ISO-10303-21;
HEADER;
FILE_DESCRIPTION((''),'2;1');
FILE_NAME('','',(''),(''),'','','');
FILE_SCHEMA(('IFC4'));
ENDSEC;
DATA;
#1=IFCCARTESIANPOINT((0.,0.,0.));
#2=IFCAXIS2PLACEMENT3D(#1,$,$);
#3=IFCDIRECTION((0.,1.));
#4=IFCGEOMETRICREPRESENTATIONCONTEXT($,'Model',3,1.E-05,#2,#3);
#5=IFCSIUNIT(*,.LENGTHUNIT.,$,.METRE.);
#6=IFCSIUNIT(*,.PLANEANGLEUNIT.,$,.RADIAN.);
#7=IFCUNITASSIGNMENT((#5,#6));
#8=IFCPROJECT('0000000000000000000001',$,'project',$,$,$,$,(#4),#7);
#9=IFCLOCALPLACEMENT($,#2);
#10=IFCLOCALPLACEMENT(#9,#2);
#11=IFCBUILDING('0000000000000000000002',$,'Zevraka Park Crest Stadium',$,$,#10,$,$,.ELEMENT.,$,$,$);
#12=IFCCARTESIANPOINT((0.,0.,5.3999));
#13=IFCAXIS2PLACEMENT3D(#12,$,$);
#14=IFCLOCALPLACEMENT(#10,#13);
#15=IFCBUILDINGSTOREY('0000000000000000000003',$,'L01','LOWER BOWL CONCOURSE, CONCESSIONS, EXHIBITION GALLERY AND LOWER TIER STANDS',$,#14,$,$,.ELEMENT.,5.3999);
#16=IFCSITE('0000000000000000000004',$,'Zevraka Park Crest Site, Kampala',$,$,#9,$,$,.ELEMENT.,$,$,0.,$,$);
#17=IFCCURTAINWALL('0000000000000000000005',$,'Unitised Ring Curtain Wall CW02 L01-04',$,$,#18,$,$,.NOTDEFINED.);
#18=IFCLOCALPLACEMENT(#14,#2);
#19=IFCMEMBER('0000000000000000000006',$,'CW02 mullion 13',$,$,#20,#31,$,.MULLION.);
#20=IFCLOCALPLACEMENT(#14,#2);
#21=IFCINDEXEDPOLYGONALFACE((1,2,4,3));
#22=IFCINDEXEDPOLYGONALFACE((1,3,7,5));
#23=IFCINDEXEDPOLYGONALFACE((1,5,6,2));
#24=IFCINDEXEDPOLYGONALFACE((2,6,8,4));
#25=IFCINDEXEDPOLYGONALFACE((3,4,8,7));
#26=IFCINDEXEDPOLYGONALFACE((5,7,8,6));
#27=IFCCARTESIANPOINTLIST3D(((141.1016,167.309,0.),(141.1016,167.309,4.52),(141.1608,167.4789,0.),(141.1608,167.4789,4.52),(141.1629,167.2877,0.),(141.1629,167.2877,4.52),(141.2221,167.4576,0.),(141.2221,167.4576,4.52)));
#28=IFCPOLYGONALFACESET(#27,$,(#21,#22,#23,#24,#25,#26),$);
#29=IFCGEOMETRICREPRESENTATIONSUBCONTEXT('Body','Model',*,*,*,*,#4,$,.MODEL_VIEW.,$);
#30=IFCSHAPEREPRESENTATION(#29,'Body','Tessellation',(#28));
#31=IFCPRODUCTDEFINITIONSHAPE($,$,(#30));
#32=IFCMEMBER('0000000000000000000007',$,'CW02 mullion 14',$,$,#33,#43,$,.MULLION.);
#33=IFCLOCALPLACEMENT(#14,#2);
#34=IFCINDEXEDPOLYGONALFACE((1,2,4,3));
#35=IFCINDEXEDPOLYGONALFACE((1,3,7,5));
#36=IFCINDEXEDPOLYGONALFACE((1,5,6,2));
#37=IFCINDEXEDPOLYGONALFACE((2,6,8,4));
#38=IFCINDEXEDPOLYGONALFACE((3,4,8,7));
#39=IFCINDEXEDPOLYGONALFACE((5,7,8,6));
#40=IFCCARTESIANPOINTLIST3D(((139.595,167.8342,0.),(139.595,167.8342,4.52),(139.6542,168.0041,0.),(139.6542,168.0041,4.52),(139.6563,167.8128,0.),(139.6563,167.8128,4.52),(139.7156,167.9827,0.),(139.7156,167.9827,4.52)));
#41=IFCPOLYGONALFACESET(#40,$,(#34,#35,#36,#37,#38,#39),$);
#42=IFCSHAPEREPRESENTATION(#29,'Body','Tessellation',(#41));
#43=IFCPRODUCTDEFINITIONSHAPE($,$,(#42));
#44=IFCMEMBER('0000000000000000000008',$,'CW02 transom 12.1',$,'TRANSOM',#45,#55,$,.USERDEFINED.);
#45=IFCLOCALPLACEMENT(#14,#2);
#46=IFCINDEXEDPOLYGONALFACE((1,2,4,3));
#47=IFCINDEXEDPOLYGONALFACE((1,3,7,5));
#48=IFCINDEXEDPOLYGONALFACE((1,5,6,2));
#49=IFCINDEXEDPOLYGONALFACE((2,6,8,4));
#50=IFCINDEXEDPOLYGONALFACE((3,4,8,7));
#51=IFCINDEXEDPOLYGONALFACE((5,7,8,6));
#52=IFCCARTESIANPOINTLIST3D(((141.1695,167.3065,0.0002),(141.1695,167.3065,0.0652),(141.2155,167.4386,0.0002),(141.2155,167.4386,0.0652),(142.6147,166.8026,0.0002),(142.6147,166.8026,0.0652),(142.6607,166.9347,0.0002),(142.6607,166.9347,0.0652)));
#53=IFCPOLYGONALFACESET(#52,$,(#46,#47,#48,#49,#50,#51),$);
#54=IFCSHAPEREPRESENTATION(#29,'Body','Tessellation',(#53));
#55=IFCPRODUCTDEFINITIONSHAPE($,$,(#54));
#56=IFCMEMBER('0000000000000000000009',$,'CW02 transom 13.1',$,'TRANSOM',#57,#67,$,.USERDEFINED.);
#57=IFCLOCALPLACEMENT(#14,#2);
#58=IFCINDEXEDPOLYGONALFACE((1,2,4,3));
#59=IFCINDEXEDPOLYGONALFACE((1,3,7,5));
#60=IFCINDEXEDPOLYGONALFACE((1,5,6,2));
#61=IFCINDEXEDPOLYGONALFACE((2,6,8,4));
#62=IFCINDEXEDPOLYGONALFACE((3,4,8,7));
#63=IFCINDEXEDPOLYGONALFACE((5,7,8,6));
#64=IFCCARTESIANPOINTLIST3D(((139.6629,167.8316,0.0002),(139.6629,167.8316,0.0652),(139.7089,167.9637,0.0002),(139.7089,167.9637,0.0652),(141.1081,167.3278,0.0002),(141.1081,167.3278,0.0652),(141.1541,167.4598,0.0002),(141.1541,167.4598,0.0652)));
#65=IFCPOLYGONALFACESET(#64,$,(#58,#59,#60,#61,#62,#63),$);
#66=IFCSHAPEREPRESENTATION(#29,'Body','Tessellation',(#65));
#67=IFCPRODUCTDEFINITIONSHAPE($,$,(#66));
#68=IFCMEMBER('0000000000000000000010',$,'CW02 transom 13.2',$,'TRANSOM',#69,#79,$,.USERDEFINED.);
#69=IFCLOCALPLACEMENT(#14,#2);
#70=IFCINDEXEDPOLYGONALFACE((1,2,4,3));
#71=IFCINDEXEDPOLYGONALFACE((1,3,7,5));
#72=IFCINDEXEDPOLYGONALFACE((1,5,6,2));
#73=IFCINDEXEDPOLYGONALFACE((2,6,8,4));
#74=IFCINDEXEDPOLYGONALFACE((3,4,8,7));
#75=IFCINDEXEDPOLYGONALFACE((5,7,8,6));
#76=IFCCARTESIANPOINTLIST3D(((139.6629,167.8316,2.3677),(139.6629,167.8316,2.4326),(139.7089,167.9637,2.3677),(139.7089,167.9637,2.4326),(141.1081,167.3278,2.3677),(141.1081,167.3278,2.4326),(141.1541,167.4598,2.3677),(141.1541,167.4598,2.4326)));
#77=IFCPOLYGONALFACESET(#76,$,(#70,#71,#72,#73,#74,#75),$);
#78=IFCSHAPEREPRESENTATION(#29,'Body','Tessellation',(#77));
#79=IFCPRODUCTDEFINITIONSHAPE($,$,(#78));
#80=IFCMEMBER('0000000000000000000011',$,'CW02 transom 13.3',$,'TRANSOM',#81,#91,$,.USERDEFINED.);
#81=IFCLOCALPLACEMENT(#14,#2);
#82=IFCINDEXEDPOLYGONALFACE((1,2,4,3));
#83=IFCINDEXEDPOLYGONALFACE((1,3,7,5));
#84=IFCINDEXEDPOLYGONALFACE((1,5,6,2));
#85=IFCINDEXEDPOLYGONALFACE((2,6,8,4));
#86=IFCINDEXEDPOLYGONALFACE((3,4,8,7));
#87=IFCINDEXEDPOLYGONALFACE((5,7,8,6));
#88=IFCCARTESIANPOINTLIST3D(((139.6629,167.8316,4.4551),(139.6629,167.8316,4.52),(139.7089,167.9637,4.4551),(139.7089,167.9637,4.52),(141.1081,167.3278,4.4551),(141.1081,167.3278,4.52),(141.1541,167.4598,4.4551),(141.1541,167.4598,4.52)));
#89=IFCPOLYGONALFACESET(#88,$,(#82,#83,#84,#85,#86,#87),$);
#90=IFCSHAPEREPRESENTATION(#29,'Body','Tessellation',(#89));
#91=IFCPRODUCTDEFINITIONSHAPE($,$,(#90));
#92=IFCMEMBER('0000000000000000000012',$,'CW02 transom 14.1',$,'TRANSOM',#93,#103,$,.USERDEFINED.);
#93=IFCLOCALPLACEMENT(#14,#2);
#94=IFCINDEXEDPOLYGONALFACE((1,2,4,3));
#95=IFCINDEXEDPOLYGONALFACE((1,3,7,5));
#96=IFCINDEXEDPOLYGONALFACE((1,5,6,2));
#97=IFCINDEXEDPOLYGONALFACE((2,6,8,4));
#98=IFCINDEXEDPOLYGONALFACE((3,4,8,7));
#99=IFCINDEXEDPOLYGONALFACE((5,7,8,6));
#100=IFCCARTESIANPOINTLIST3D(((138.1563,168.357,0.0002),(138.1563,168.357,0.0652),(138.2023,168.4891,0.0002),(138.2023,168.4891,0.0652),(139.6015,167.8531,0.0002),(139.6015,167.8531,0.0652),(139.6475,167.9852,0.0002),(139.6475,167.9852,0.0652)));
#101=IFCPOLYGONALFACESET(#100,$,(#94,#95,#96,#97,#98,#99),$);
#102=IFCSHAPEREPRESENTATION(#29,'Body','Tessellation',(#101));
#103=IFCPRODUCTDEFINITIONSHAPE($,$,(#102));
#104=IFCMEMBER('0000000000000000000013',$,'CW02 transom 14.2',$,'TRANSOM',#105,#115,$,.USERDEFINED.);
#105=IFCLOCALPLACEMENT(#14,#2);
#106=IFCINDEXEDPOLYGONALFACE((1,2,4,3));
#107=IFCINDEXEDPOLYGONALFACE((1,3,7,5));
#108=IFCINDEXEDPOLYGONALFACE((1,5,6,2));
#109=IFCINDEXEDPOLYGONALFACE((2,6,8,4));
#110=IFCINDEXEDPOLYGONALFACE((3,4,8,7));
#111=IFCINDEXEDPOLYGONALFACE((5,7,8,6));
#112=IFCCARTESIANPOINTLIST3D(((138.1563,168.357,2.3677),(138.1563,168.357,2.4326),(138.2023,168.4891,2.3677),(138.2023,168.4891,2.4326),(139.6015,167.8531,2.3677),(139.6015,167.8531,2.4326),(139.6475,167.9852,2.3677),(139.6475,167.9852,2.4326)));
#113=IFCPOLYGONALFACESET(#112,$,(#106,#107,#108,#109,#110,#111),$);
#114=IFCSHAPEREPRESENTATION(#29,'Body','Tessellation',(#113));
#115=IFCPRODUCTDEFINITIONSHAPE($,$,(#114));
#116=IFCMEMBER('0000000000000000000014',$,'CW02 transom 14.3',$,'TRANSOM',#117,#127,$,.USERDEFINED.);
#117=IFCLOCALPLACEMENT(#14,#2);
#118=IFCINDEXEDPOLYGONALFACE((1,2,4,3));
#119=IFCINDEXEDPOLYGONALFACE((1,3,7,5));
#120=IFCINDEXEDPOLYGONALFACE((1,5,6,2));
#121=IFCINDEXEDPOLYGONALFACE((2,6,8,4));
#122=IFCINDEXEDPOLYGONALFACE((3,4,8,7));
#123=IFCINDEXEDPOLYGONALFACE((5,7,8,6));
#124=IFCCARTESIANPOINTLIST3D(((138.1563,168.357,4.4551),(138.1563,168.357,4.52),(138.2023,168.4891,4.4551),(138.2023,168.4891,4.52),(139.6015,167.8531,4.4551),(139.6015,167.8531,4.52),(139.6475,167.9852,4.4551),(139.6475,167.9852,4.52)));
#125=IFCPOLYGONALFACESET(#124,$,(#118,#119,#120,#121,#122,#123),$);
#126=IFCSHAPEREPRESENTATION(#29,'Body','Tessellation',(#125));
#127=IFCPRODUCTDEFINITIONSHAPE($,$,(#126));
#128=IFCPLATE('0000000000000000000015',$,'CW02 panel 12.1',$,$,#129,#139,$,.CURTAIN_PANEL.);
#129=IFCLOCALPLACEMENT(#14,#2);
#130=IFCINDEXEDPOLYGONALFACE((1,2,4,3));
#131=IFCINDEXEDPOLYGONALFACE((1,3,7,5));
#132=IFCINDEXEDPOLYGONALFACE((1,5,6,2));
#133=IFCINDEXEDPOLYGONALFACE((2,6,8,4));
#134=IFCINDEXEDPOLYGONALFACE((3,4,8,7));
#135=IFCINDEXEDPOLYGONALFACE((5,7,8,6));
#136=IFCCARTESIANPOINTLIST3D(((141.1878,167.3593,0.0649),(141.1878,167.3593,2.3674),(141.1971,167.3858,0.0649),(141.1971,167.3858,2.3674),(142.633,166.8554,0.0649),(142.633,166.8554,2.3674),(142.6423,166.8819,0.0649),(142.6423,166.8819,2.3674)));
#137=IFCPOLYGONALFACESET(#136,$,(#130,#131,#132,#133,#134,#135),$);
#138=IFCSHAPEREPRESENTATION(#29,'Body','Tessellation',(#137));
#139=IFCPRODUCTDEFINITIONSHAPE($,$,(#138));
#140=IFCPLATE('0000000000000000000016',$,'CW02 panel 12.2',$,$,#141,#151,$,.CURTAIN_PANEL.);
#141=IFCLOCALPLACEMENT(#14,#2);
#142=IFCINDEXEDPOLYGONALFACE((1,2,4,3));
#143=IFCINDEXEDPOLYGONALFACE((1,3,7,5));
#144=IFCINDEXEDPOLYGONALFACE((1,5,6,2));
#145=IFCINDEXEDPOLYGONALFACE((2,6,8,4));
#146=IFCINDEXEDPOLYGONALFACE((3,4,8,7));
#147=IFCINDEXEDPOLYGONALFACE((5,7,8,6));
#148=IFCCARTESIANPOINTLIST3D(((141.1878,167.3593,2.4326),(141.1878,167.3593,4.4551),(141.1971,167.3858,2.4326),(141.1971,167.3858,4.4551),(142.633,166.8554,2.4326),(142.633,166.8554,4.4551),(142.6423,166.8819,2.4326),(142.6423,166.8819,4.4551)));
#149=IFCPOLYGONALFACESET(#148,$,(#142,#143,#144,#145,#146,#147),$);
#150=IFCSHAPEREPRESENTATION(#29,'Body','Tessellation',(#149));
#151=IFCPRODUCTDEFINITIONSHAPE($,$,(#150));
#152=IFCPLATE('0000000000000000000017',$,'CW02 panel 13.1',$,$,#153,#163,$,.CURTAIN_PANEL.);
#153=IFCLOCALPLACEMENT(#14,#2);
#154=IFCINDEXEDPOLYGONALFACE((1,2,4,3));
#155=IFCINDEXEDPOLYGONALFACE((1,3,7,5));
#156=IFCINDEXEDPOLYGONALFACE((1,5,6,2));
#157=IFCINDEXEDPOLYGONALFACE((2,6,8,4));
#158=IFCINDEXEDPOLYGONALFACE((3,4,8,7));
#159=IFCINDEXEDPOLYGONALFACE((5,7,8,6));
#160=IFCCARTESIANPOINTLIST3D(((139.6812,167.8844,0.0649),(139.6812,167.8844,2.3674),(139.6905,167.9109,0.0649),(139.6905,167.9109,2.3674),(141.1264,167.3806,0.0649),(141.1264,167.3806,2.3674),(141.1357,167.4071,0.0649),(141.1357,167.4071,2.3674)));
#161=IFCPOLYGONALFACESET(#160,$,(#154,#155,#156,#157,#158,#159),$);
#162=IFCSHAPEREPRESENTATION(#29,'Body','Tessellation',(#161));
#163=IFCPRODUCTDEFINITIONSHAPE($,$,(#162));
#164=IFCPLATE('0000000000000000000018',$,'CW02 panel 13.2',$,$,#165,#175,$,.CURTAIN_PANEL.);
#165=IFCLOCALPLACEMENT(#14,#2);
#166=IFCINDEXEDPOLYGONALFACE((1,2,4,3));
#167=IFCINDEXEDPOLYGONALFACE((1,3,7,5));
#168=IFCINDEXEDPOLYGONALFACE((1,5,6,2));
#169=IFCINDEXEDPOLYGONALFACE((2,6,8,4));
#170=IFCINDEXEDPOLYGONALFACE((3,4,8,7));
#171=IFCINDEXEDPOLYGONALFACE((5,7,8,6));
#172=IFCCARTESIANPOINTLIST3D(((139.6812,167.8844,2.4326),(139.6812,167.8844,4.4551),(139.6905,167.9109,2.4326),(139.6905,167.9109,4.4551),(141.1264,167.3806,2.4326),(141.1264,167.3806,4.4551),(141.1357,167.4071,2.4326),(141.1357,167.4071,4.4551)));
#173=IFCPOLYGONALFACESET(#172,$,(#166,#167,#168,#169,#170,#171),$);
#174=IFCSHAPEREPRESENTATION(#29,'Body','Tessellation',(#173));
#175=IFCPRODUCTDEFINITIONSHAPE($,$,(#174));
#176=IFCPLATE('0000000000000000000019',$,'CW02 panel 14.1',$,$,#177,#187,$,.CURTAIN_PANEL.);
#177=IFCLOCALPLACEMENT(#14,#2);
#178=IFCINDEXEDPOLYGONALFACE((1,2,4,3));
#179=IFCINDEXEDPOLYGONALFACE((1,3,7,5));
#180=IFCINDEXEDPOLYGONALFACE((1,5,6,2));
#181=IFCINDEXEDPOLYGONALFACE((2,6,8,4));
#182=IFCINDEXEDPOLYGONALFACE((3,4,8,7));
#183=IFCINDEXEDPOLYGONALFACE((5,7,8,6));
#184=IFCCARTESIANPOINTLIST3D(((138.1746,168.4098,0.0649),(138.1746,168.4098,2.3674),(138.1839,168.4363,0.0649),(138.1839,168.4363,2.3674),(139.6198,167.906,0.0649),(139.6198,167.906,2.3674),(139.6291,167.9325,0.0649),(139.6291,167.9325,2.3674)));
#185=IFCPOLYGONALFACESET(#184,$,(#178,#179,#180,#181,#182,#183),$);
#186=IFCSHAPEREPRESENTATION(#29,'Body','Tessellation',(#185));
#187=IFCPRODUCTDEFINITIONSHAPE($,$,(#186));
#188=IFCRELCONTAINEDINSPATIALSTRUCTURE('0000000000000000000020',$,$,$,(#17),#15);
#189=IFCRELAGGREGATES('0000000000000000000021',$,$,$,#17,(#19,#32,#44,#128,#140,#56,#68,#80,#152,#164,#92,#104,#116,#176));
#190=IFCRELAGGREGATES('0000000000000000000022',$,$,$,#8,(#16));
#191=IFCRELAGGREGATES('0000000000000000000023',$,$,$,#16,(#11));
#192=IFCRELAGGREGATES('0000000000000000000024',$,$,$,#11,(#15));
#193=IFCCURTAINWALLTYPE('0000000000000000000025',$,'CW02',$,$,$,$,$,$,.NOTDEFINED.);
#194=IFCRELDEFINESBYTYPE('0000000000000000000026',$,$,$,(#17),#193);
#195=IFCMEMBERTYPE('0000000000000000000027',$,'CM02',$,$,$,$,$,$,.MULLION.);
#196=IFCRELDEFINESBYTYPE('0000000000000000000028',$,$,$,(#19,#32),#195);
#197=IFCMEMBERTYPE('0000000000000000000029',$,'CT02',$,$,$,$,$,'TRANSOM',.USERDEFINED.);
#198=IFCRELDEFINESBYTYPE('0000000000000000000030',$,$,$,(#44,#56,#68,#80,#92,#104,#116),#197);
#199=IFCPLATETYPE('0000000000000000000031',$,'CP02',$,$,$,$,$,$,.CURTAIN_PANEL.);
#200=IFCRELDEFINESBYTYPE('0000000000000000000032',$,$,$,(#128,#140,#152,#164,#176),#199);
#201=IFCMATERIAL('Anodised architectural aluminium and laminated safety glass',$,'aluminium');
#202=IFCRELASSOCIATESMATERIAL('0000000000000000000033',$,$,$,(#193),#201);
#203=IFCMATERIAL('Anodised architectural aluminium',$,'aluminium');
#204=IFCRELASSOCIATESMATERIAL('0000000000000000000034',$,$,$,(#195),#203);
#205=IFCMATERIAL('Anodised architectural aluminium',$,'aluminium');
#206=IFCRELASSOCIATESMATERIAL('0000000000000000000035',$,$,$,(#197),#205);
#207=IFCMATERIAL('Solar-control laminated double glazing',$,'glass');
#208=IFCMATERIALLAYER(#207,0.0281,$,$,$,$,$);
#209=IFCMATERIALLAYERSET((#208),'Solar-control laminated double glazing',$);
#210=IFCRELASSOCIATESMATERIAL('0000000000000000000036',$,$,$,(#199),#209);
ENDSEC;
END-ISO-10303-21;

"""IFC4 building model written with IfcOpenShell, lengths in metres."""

from ifc_helpers import new_model, si_unit, direction, frame, origin, origin_2d, place, context, subcontext, project, spatial, rectangle, extrude, material, layer, layer_set, material_profile, profile_set, type_object, element, aggregate, save


model = new_model("IFC4")

# Units and contexts
model_context = context("Model", 3, precision=1e-05, world=origin(), true_north=direction((0.0, 1.0)))
body_context = subcontext(model_context, "Body", "Model", "MODEL_VIEW")
ifc_project = project(units=[si_unit("LENGTHUNIT", "METRE"), si_unit("PLANEANGLEUNIT", "RADIAN")], contexts=[model_context])

# Site, building, storey
site_placement = place(None, origin())
site = spatial("IfcSite", under=ifc_project, at=site_placement, Name="Zevraka Park Crest Site, Kampala", CompositionType="ELEMENT", RefElevation=0.0)
building_placement = place(site_placement, origin())
building = spatial("IfcBuilding", under=site, at=building_placement, Name="Zevraka Park Crest Stadium", CompositionType="ELEMENT")
storey_placement = place(building_placement, frame((0.0, 0.0, 5.3999)))
storey = spatial("IfcBuildingStorey", under=building, at=storey_placement, Name="L01", Description="LOWER BOWL CONCOURSE, CONCESSIONS, EXHIBITION GALLERY AND LOWER TIER STANDS", CompositionType="ELEMENT", Elevation=5.3999)

# Curtain wall, members, plates
ifc_material_1 = material(Name="Anodised architectural aluminium and laminated safety glass", Category="aluminium")
curtain_wall_type = type_object("IfcCurtainWallType", Name="CW02", PredefinedType="NOTDEFINED", material=ifc_material_1)
curtain_wall_placement = place(storey_placement, origin())
curtain_wall = element("IfcCurtainWall", 1, at=curtain_wall_placement, inside=storey, type_object=curtain_wall_type, Name="Unitised Ring Curtain Wall CW02 L01-04", PredefinedType="NOTDEFINED")
ifc_material_2 = material(Name="Anodised architectural aluminium", Category="aluminium")
ifc_material_profile_1 = material_profile(ifc_material_2, rectangle(XDim=0.1799, YDim=0.0649, at=origin_2d()), Name="ALU MULLION 180x65")
ifc_profile_set_1 = profile_set([ifc_material_profile_1], Name="Anodised architectural aluminium")
member_type_1 = type_object("IfcMemberType", Name="CM02", PredefinedType="MULLION", material=ifc_profile_set_1)
member_1_placement = place(storey_placement, frame((141.1619, 167.3833, 0.0), z_axis=(0.0, 0.0, 1.0), x_axis=(-0.329209, -0.944257, 0.0)))
member_1 = element("IfcMember", 2, at=member_1_placement, type_object=member_type_1, Name="CW02 mullion 13", PredefinedType="MULLION", context=body_context, shape_type="SweptSolid", body=[
    extrude(rectangle(XDim=0.1799, YDim=0.0649, at=origin_2d()), origin(), (0.0, 0.0, 1.0), 4.52),
])
member_2_placement = place(storey_placement, frame((139.6553, 167.9084, 0.0), z_axis=(0.0, 0.0, 1.0), x_axis=(-0.329209, -0.944257, 0.0)))
member_2 = element("IfcMember", 3, at=member_2_placement, type_object=member_type_1, Name="CW02 mullion 14", PredefinedType="MULLION", context=body_context, shape_type="SweptSolid", body=[
    extrude(rectangle(XDim=0.1799, YDim=0.0649, at=origin_2d()), origin(), (0.0, 0.0, 1.0), 4.52),
])
ifc_material_3 = material(Name="Anodised architectural aluminium", Category="aluminium")
ifc_material_profile_2 = material_profile(ifc_material_3, rectangle(XDim=0.1399, YDim=0.0649, at=origin_2d()), Name="ALU TRANSOM 140x65")
ifc_profile_set_2 = profile_set([ifc_material_profile_2], Name="Anodised architectural aluminium")
member_type_2 = type_object("IfcMemberType", Name="CT02", ElementType="TRANSOM", PredefinedType="USERDEFINED", material=ifc_profile_set_2)
member_3_placement = place(storey_placement, frame((142.6377, 166.8687, 0.0327), z_axis=(-0.944256, 0.329213, 0.0), x_axis=(-0.329213, -0.944256, 0.0)))
member_3 = element("IfcMember", 4, at=member_3_placement, type_object=member_type_2, Name="CW02 transom 12.1", ObjectType="TRANSOM", PredefinedType="USERDEFINED", context=body_context, shape_type="SweptSolid", body=[
    extrude(rectangle(XDim=0.1399, YDim=0.0649, at=origin_2d()), origin(), (0.0, 0.0, 1.0), 1.5305),
])
member_4_placement = place(storey_placement, frame((141.1311, 167.3938, 0.0327), z_axis=(-0.944256, 0.329213, 0.0), x_axis=(-0.329213, -0.944256, 0.0)))
member_4 = element("IfcMember", 5, at=member_4_placement, type_object=member_type_2, Name="CW02 transom 13.1", ObjectType="TRANSOM", PredefinedType="USERDEFINED", context=body_context, shape_type="SweptSolid", body=[
    extrude(rectangle(XDim=0.1399, YDim=0.0649, at=origin_2d()), origin(), (0.0, 0.0, 1.0), 1.5305),
])
member_5_placement = place(storey_placement, frame((141.1311, 167.3938, 2.4001), z_axis=(-0.944256, 0.329213, 0.0), x_axis=(-0.329213, -0.944256, 0.0)))
member_5 = element("IfcMember", 6, at=member_5_placement, type_object=member_type_2, Name="CW02 transom 13.2", ObjectType="TRANSOM", PredefinedType="USERDEFINED", context=body_context, shape_type="SweptSolid", body=[
    extrude(rectangle(XDim=0.1399, YDim=0.0649, at=origin_2d()), origin(), (0.0, 0.0, 1.0), 1.5305),
])
member_6_placement = place(storey_placement, frame((141.1311, 167.3938, 4.4875), z_axis=(-0.944256, 0.329213, 0.0), x_axis=(-0.329213, -0.944256, 0.0)))
member_6 = element("IfcMember", 7, at=member_6_placement, type_object=member_type_2, Name="CW02 transom 13.3", ObjectType="TRANSOM", PredefinedType="USERDEFINED", context=body_context, shape_type="SweptSolid", body=[
    extrude(rectangle(XDim=0.1399, YDim=0.0649, at=origin_2d()), origin(), (0.0, 0.0, 1.0), 1.5305),
])
member_7_placement = place(storey_placement, frame((139.6245, 167.9192, 0.0327), z_axis=(-0.944256, 0.329213, 0.0), x_axis=(-0.329213, -0.944256, 0.0)))
member_7 = element("IfcMember", 8, at=member_7_placement, type_object=member_type_2, Name="CW02 transom 14.1", ObjectType="TRANSOM", PredefinedType="USERDEFINED", context=body_context, shape_type="SweptSolid", body=[
    extrude(rectangle(XDim=0.1399, YDim=0.0649, at=origin_2d()), origin(), (0.0, 0.0, 1.0), 1.5305),
])
member_8_placement = place(storey_placement, frame((139.6245, 167.9192, 2.4001), z_axis=(-0.944256, 0.329213, 0.0), x_axis=(-0.329213, -0.944256, 0.0)))
member_8 = element("IfcMember", 9, at=member_8_placement, type_object=member_type_2, Name="CW02 transom 14.2", ObjectType="TRANSOM", PredefinedType="USERDEFINED", context=body_context, shape_type="SweptSolid", body=[
    extrude(rectangle(XDim=0.1399, YDim=0.0649, at=origin_2d()), origin(), (0.0, 0.0, 1.0), 1.5305),
])
member_9_placement = place(storey_placement, frame((139.6245, 167.9192, 4.4875), z_axis=(-0.944256, 0.329213, 0.0), x_axis=(-0.329213, -0.944256, 0.0)))
member_9 = element("IfcMember", 10, at=member_9_placement, type_object=member_type_2, Name="CW02 transom 14.3", ObjectType="TRANSOM", PredefinedType="USERDEFINED", context=body_context, shape_type="SweptSolid", body=[
    extrude(rectangle(XDim=0.1399, YDim=0.0649, at=origin_2d()), origin(), (0.0, 0.0, 1.0), 1.5305),
])
ifc_material_4 = material(Name="Solar-control laminated double glazing", Category="glass")
ifc_layer_1 = layer(ifc_material_4, 0.0281)
ifc_layer_set_1 = layer_set([ifc_layer_1], Name="Solar-control laminated double glazing")
plate_type = type_object("IfcPlateType", Name="CP02", PredefinedType="CURTAIN_PANEL", material=ifc_layer_set_1)
plate_1_placement = place(storey_placement, frame((141.915, 167.1206, 0.0649), z_axis=(0.0, 0.0, 1.0), x_axis=(-0.944257, 0.329209, 0.0)))
plate_1 = element("IfcPlate", 11, at=plate_1_placement, type_object=plate_type, Name="CW02 panel 12.1", PredefinedType="CURTAIN_PANEL", context=body_context, shape_type="SweptSolid", body=[
    extrude(rectangle(XDim=1.5305, YDim=0.0281, at=origin_2d()), origin(), (0.0, 0.0, 1.0), 2.3025),
])
plate_2_placement = place(storey_placement, frame((141.915, 167.1206, 2.4326), z_axis=(0.0, 0.0, 1.0), x_axis=(-0.944257, 0.329209, 0.0)))
plate_2 = element("IfcPlate", 12, at=plate_2_placement, type_object=plate_type, Name="CW02 panel 12.2", PredefinedType="CURTAIN_PANEL", context=body_context, shape_type="SweptSolid", body=[
    extrude(rectangle(XDim=1.5305, YDim=0.0281, at=origin_2d()), origin(), (0.0, 0.0, 1.0), 2.0225),
])
plate_3_placement = place(storey_placement, frame((140.4084, 167.6458, 0.0649), z_axis=(0.0, 0.0, 1.0), x_axis=(-0.944257, 0.329209, 0.0)))
plate_3 = element("IfcPlate", 13, at=plate_3_placement, type_object=plate_type, Name="CW02 panel 13.1", PredefinedType="CURTAIN_PANEL", context=body_context, shape_type="SweptSolid", body=[
    extrude(rectangle(XDim=1.5305, YDim=0.0281, at=origin_2d()), origin(), (0.0, 0.0, 1.0), 2.3025),
])
plate_4_placement = place(storey_placement, frame((140.4084, 167.6458, 2.4326), z_axis=(0.0, 0.0, 1.0), x_axis=(-0.944257, 0.329209, 0.0)))
plate_4 = element("IfcPlate", 14, at=plate_4_placement, type_object=plate_type, Name="CW02 panel 13.2", PredefinedType="CURTAIN_PANEL", context=body_context, shape_type="SweptSolid", body=[
    extrude(rectangle(XDim=1.5305, YDim=0.0281, at=origin_2d()), origin(), (0.0, 0.0, 1.0), 2.0225),
])
plate_5_placement = place(storey_placement, frame((138.9019, 168.1711, 0.0649), z_axis=(0.0, 0.0, 1.0), x_axis=(-0.944257, 0.329209, 0.0)))
plate_5 = element("IfcPlate", 15, at=plate_5_placement, type_object=plate_type, Name="CW02 panel 14.1", PredefinedType="CURTAIN_PANEL", context=body_context, shape_type="SweptSolid", body=[
    extrude(rectangle(XDim=1.5305, YDim=0.0281, at=origin_2d()), origin(), (0.0, 0.0, 1.0), 2.3025),
])
aggregate(curtain_wall, [member_1, member_2, member_3, plate_1, plate_2, member_4, member_5, member_6, plate_3, plate_4, member_7, member_8, member_9, plate_5])

save(model, "model.ifc")
